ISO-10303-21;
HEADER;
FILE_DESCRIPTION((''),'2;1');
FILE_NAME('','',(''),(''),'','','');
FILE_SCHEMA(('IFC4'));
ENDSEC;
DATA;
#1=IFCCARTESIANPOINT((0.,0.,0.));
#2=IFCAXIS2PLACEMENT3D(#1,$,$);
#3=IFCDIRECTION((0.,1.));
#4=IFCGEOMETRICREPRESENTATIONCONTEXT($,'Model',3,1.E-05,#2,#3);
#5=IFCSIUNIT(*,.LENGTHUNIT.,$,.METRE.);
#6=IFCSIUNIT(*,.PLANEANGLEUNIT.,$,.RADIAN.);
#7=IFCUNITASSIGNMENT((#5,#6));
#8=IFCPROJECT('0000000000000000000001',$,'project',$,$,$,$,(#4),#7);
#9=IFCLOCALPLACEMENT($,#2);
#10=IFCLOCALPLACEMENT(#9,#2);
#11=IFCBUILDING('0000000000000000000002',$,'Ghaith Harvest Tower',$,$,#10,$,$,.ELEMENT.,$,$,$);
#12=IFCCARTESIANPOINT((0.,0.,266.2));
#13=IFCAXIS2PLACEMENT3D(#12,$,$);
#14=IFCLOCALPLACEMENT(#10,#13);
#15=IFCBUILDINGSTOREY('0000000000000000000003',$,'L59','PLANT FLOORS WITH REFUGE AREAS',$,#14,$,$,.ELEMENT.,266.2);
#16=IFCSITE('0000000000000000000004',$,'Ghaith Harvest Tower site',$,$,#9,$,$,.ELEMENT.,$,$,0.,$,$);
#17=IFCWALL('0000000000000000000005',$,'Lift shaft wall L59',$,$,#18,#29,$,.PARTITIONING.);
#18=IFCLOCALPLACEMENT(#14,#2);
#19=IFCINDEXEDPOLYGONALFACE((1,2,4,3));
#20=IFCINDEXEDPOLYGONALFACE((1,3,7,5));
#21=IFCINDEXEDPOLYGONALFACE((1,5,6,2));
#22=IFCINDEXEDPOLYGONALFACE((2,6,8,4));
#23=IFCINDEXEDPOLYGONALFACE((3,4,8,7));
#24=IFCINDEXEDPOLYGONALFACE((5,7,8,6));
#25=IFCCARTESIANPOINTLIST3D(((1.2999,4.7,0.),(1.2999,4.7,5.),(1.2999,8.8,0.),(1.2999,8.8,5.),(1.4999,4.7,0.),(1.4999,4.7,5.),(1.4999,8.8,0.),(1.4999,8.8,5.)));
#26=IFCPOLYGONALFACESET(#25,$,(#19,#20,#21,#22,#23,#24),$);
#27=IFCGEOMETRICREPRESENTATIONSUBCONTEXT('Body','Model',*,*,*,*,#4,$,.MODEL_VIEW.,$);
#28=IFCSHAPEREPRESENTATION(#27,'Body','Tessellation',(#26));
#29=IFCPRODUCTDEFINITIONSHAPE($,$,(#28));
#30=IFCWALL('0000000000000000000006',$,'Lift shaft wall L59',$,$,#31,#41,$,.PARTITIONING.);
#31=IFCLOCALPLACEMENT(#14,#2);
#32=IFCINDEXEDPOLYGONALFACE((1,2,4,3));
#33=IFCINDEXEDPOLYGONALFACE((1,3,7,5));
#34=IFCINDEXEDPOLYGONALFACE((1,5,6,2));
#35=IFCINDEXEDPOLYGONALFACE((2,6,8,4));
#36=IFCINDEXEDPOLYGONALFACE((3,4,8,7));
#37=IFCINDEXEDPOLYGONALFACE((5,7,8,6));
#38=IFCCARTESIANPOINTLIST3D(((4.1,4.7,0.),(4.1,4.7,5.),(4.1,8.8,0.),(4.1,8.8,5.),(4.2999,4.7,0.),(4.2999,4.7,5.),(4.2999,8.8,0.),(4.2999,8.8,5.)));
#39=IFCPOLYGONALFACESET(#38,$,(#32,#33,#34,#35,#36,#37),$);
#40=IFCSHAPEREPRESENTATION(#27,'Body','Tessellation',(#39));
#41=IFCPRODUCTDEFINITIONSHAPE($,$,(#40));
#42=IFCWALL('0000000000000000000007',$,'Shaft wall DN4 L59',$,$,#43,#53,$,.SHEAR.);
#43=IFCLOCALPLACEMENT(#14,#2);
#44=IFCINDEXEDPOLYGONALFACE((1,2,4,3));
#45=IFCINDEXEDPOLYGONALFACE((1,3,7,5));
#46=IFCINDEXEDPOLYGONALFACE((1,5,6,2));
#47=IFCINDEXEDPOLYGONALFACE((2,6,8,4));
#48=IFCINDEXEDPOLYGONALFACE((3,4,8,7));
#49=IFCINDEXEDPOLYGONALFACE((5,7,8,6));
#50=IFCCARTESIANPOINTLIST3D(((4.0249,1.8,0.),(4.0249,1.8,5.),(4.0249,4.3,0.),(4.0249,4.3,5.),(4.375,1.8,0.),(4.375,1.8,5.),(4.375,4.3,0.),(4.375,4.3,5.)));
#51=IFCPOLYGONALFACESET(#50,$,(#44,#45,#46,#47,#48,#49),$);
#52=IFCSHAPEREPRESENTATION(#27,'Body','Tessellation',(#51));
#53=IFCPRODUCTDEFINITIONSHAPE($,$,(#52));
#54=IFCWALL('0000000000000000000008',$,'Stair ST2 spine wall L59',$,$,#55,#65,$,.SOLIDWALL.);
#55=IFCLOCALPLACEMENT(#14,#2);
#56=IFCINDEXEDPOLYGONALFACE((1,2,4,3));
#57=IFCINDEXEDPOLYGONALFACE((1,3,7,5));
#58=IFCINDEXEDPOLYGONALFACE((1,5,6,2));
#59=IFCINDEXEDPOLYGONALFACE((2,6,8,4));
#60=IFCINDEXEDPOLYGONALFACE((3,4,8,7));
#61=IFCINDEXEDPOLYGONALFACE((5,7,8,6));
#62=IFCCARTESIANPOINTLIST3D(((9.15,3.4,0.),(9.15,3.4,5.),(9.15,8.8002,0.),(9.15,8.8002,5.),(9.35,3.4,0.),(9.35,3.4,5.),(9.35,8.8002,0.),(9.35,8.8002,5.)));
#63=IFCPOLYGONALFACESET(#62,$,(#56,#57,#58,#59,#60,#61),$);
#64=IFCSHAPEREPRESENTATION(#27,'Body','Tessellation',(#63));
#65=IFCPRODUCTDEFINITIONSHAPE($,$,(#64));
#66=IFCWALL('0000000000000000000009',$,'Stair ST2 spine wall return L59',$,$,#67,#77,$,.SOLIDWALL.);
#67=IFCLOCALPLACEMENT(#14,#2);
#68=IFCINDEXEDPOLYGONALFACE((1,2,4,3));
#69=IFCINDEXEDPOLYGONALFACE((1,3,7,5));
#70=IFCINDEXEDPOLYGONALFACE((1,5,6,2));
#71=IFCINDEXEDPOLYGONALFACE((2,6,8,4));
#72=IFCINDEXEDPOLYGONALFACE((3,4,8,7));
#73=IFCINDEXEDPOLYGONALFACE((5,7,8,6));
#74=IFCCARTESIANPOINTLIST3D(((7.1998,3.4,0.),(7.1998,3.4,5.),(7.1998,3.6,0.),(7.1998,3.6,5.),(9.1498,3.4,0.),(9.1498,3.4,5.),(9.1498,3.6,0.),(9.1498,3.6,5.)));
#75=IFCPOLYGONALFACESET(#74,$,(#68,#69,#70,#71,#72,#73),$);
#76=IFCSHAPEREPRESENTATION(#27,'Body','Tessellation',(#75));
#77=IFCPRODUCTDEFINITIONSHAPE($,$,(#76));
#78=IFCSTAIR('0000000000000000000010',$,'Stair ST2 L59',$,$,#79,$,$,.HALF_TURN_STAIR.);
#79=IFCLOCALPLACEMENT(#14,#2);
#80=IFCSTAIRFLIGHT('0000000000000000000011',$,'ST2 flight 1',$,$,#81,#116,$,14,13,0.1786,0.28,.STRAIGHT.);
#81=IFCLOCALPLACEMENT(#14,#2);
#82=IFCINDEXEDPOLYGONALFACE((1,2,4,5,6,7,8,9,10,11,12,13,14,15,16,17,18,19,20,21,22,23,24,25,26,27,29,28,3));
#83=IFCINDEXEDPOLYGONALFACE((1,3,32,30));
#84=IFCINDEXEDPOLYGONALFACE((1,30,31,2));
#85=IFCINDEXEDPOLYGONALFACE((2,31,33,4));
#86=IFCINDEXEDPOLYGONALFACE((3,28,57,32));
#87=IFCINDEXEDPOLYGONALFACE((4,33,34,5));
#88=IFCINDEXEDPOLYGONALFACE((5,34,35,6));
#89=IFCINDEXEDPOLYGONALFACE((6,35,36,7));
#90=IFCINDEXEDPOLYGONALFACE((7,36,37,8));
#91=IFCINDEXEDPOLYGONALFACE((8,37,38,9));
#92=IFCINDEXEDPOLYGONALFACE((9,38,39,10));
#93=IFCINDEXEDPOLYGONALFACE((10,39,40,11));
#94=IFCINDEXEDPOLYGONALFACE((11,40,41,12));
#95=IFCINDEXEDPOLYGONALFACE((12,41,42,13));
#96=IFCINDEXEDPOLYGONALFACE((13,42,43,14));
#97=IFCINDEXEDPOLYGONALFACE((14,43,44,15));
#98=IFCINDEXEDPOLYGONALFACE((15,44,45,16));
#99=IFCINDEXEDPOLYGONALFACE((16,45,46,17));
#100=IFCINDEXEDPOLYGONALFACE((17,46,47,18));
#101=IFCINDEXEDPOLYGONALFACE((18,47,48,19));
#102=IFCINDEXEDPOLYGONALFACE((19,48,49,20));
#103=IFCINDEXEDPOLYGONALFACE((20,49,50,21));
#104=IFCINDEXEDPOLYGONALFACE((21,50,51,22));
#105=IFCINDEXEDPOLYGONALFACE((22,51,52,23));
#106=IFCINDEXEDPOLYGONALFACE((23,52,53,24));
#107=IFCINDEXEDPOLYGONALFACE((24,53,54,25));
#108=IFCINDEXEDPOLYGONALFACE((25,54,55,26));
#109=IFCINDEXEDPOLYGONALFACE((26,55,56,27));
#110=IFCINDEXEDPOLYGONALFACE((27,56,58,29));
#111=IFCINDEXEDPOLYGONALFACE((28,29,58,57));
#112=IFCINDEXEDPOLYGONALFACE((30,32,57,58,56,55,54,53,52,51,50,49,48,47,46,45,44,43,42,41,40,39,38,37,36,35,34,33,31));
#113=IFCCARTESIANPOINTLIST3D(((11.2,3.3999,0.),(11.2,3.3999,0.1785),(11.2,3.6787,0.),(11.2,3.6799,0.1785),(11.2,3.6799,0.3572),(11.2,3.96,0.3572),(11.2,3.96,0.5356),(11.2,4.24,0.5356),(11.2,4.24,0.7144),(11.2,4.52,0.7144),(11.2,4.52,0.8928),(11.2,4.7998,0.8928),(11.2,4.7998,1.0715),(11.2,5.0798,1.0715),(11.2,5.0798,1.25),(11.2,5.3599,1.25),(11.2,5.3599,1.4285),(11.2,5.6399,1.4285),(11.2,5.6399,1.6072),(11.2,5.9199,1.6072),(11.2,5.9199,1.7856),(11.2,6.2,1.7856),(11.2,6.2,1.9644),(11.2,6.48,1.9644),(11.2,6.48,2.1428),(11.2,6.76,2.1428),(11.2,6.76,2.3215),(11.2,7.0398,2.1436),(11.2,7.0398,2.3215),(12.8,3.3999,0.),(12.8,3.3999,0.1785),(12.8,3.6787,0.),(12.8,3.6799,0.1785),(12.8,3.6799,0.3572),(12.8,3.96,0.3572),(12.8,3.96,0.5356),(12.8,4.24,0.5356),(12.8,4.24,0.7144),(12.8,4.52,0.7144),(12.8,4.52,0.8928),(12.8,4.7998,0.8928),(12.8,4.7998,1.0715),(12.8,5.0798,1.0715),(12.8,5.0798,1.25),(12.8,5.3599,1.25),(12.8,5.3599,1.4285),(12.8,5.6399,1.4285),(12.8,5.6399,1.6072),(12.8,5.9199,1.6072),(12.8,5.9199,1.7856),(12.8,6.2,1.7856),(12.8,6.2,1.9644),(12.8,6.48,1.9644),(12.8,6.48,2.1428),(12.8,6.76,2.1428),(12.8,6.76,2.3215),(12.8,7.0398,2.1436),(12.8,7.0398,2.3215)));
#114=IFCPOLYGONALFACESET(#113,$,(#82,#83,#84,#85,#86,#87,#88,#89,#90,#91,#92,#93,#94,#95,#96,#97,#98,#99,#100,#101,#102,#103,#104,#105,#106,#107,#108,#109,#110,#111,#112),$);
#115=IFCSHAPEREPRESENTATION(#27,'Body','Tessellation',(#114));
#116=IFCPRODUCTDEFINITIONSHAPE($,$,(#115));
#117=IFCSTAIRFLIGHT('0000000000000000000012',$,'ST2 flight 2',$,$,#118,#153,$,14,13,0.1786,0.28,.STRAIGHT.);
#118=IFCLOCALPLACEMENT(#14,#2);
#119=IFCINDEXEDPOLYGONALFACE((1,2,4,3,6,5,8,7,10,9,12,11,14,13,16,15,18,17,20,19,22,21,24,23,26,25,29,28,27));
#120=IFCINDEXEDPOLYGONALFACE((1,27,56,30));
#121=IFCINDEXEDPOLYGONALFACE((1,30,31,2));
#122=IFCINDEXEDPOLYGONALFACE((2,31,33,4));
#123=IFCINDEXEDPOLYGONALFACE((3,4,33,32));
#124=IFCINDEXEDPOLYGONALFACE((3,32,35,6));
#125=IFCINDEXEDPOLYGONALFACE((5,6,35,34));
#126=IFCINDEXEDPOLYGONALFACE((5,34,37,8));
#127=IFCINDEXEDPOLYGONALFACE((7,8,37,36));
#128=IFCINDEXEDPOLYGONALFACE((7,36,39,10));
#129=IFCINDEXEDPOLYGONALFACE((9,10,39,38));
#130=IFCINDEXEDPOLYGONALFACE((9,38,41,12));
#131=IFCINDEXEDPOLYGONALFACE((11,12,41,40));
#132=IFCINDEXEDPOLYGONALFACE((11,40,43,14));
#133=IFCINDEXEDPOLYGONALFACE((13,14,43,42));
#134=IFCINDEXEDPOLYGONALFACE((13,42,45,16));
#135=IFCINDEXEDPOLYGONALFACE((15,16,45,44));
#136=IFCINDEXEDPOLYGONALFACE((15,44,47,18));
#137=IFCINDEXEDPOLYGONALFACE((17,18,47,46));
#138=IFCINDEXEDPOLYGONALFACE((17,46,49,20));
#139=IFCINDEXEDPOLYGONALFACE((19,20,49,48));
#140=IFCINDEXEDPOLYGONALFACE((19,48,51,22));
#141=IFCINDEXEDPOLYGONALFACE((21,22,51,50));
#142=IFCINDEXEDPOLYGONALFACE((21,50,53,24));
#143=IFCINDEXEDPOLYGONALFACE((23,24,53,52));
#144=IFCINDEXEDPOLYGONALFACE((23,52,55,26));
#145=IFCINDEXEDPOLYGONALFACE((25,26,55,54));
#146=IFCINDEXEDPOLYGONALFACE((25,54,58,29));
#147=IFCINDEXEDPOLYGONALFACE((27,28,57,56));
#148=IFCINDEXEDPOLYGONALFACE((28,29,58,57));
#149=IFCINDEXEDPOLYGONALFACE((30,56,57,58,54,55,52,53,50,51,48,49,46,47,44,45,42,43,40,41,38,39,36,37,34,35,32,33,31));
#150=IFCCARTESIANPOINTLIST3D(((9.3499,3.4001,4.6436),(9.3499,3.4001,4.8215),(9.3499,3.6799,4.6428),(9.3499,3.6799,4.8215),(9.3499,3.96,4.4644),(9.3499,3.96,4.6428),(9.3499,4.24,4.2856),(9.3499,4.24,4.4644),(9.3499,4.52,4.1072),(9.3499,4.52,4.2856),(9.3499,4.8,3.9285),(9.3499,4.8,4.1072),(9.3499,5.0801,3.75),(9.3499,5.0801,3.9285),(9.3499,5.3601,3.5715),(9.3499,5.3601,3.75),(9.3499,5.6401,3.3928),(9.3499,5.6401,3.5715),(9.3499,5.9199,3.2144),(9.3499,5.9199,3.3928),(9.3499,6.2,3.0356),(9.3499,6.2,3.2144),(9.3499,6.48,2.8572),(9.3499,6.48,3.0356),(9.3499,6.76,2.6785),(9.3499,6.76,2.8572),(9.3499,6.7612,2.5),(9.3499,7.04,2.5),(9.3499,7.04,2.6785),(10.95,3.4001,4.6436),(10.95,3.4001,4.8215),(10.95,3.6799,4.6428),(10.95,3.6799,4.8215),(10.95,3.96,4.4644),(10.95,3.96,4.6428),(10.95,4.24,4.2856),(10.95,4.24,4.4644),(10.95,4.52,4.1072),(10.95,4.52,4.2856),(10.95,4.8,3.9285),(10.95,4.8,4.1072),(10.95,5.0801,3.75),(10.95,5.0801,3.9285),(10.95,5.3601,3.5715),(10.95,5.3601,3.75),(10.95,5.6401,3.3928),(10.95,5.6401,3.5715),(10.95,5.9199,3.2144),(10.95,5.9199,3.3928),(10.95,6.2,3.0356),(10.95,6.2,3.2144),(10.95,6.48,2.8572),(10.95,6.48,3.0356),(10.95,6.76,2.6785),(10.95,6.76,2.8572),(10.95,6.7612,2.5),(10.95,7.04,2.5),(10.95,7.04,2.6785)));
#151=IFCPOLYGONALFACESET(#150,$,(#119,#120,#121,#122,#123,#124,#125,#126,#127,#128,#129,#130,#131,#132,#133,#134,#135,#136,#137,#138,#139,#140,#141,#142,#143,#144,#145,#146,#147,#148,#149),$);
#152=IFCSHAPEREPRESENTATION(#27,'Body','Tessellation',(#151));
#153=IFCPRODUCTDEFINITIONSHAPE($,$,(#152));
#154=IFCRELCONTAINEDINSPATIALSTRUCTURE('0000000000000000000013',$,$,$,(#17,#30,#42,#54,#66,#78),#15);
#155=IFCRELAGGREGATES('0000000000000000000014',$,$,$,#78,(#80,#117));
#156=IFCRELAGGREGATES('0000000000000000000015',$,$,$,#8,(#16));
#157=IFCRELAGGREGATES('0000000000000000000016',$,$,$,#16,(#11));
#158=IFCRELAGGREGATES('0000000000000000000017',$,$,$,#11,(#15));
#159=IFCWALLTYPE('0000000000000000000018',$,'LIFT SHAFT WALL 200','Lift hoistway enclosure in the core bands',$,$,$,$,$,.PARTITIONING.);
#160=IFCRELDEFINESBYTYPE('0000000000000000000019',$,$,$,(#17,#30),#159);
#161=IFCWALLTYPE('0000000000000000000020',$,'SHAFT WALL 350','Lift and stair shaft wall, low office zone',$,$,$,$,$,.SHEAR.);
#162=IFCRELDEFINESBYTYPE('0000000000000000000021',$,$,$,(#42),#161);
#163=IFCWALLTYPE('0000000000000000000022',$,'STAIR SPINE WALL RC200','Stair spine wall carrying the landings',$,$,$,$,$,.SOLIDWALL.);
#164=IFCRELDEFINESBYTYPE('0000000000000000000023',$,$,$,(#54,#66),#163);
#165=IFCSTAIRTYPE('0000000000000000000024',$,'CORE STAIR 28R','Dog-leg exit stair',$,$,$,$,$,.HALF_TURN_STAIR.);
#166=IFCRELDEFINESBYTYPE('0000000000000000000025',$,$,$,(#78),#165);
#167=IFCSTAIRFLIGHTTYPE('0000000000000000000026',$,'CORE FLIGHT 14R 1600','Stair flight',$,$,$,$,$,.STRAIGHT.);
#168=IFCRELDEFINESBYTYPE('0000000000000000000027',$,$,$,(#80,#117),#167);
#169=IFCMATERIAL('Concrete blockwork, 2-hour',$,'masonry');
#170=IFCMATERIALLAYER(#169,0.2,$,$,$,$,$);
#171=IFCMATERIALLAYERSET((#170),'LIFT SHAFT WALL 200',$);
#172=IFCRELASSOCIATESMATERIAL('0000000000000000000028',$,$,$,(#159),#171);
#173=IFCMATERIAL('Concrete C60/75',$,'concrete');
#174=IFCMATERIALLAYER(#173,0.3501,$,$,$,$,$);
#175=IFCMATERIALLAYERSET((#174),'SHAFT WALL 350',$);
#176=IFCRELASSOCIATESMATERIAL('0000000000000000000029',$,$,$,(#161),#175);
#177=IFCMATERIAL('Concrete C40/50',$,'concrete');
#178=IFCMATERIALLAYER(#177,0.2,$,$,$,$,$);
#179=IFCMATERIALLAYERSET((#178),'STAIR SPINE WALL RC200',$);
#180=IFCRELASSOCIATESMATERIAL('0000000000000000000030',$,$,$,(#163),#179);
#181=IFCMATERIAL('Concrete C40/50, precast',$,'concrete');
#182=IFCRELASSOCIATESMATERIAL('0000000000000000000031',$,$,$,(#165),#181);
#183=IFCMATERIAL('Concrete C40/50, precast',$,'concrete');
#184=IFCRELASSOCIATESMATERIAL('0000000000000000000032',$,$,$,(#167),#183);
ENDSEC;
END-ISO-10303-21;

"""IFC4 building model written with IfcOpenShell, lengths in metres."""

from ifc_helpers import new_model, si_unit, direction, frame, frame_2d, origin, place, context, subcontext, project, spatial, polyline, rectangle, outline, extrude, material, layer, layer_set, type_object, element, aggregate, save


model = new_model("IFC4")

# Units and contexts
model_context = context("Model", 3, precision=1e-05, world=origin(), true_north=direction((0.0, 1.0)))
body_context = subcontext(model_context, "Body", "Model", "MODEL_VIEW")
ifc_project = project(units=[si_unit("LENGTHUNIT", "METRE"), si_unit("PLANEANGLEUNIT", "RADIAN")], contexts=[model_context])

# Site, building, storey
site_placement = place(None, origin())
site = spatial("IfcSite", under=ifc_project, at=site_placement, Name="Ghaith Harvest Tower site", CompositionType="ELEMENT", RefElevation=0.0)
building_placement = place(site_placement, origin())
building = spatial("IfcBuilding", under=site, at=building_placement, Name="Ghaith Harvest Tower", CompositionType="ELEMENT")
storey_placement = place(building_placement, frame((0.0, 0.0, 266.2)))
storey = spatial("IfcBuildingStorey", under=building, at=storey_placement, Name="L59", Description="PLANT FLOORS WITH REFUGE AREAS", CompositionType="ELEMENT", Elevation=266.2)

# Walls
ifc_material_1 = material(Name="Concrete blockwork, 2-hour", Category="masonry")
ifc_layer_1 = layer(ifc_material_1, 0.2)
ifc_layer_set_1 = layer_set([ifc_layer_1], Name="LIFT SHAFT WALL 200")
wall_type_1 = type_object("IfcWallType", Name="LIFT SHAFT WALL 200", Description="Lift hoistway enclosure in the core bands", PredefinedType="PARTITIONING", material=ifc_layer_set_1)
for number, where, z_axis, x_axis, name in (
    (1, (1.3999, 4.7, 0.0), (0.0, 0.0, 1.0), (0.0, 1.0, 0.0), "Lift shaft wall L59"),
    (2, (4.2, 4.7, 0.0), (0.0, 0.0, 1.0), (0.0, 1.0, 0.0), "Lift shaft wall L59"),
):
    element("IfcWall", number, at=place(storey_placement, frame(where, z_axis=z_axis, x_axis=x_axis)), inside=storey, type_object=wall_type_1, Name=name, PredefinedType="PARTITIONING", context=body_context, shape_type="SweptSolid", body=[
        extrude(rectangle(XDim=4.1001, YDim=0.2, at=frame_2d((2.05, 0.0))), origin(), (0.0, 0.0, 1.0), 5.0),
    ])

# Shared definitions
ifc_material_2 = material(Name="Concrete C60/75", Category="concrete")
ifc_layer_2 = layer(ifc_material_2, 0.3501)
ifc_layer_set_2 = layer_set([ifc_layer_2], Name="SHAFT WALL 350")
wall_type_2 = type_object("IfcWallType", Name="SHAFT WALL 350", Description="Lift and stair shaft wall, low office zone", PredefinedType="SHEAR", material=ifc_layer_set_2)

# Walls
wall_1_placement = place(storey_placement, frame((4.2, 1.8, 0.0), z_axis=(0.0, 0.0, 1.0), x_axis=(0.0, 1.0, 0.0)))
element("IfcWall", 3, at=wall_1_placement, inside=storey, type_object=wall_type_2, Name="Shaft wall DN4 L59", PredefinedType="SHEAR", context=body_context, shape_type="SweptSolid", body=[
    extrude(rectangle(XDim=2.5, YDim=0.3501, at=frame_2d((1.25, 0.0))), origin(), (0.0, 0.0, 1.0), 5.0),
])
ifc_material_3 = material(Name="Concrete C40/50", Category="concrete")
ifc_layer_3 = layer(ifc_material_3, 0.2)
ifc_layer_set_3 = layer_set([ifc_layer_3], Name="STAIR SPINE WALL RC200")
wall_type_3 = type_object("IfcWallType", Name="STAIR SPINE WALL RC200", Description="Stair spine wall carrying the landings", PredefinedType="SOLIDWALL", material=ifc_layer_set_3)
wall_2_placement = place(storey_placement, frame((9.25, 3.3999, 0.0), z_axis=(0.0, 0.0, 1.0), x_axis=(0.0, 1.0, 0.0)))
element("IfcWall", 4, at=wall_2_placement, inside=storey, type_object=wall_type_3, Name="Stair ST2 spine wall L59", PredefinedType="SOLIDWALL", context=body_context, shape_type="SweptSolid", body=[
    extrude(rectangle(XDim=5.4001, YDim=0.2, at=frame_2d((2.7002, 0.0))), origin(), (0.0, 0.0, 1.0), 5.0),
])
wall_3_placement = place(storey_placement, frame((9.1499, 3.5, 0.0), z_axis=(0.0, 0.0, 1.0), x_axis=(-1.0, 0.0, 0.0)))
element("IfcWall", 5, at=wall_3_placement, inside=storey, type_object=wall_type_3, Name="Stair ST2 spine wall return L59", PredefinedType="SOLIDWALL", context=body_context, shape_type="SweptSolid", body=[
    extrude(rectangle(XDim=1.95, YDim=0.2, at=frame_2d((0.9751, 0.0))), origin(), (0.0, 0.0, 1.0), 5.0),
])

# Stair, stair flights
ifc_material_4 = material(Name="Concrete C40/50, precast", Category="concrete")
stair_type = type_object("IfcStairType", Name="CORE STAIR 28R", Description="Dog-leg exit stair", PredefinedType="HALF_TURN_STAIR", material=ifc_material_4)
stair_placement = place(storey_placement, origin())
stair = element("IfcStair", 6, at=stair_placement, inside=storey, type_object=stair_type, Name="Stair ST2 L59", PredefinedType="HALF_TURN_STAIR")
ifc_material_5 = material(Name="Concrete C40/50, precast", Category="concrete")
stair_flight_type = type_object("IfcStairFlightType", Name="CORE FLIGHT 14R 1600", Description="Stair flight", PredefinedType="STRAIGHT", material=ifc_material_5)
stair_flight_1_placement = place(storey_placement, frame((12.0, 3.3999, 0.0), z_axis=(0.0, 0.0, 1.0), x_axis=(0.0, 1.0, 0.0)))
stair_flight_1 = element("IfcStairFlight", 7, at=stair_flight_1_placement, type_object=stair_flight_type, Name="ST2 flight 1", NumberOfRisers=14, NumberOfTreads=13, PredefinedType="STRAIGHT", RiserHeight=0.1786, TreadLength=0.28, context=body_context, shape_type="SweptSolid", body=[
    extrude(outline(polyline([(0.0, 0.0), (0.0, 0.1785), (0.28, 0.1785), (0.28, 0.3572), (0.5601, 0.3572), (0.5601, 0.5356), (0.8401, 0.5356), (0.8401, 0.7144), (1.1201, 0.7144), (1.1201, 0.8928), (1.3999, 0.8928), (1.3999, 1.0715), (1.6799, 1.0715), (1.6799, 1.25), (1.96, 1.25), (1.96, 1.4285), (2.24, 1.4285), (2.24, 1.6072), (2.52, 1.6072), (2.52, 1.7856), (2.8, 1.7856), (2.8, 1.9644), (3.0801, 1.9644), (3.0801, 2.1428), (3.3601, 2.1428), (3.3601, 2.3215), (3.6399, 2.3215), (3.6399, 2.5), (3.6399, 2.1436), (0.2788, 0.0), (0.0, 0.0)])), frame((0.0, 0.8, 0.0), z_axis=(0.0, -1.0, 0.0), x_axis=(1.0, 0.0, 0.0)), (0.0, 0.0, 1.0), 1.6001),
])
stair_flight_2_placement = place(storey_placement, frame((10.1499, 7.04, 2.5), z_axis=(0.0, 0.0, 1.0), x_axis=(0.0, -1.0, 0.0)))
stair_flight_2 = element("IfcStairFlight", 8, at=stair_flight_2_placement, type_object=stair_flight_type, Name="ST2 flight 2", NumberOfRisers=14, NumberOfTreads=13, PredefinedType="STRAIGHT", RiserHeight=0.1786, TreadLength=0.28, context=body_context, shape_type="SweptSolid", body=[
    extrude(outline(polyline([(0.0, 0.0), (0.0, 0.1785), (0.28, 0.1785), (0.28, 0.3572), (0.5601, 0.3572), (0.5601, 0.5356), (0.8401, 0.5356), (0.8401, 0.7144), (1.1201, 0.7144), (1.1201, 0.8928), (1.3999, 0.8928), (1.3999, 1.0715), (1.6799, 1.0715), (1.6799, 1.25), (1.96, 1.25), (1.96, 1.4285), (2.24, 1.4285), (2.24, 1.6072), (2.52, 1.6072), (2.52, 1.7856), (2.8, 1.7856), (2.8, 1.9644), (3.0801, 1.9644), (3.0801, 2.1428), (3.3601, 2.1428), (3.3601, 2.3215), (3.6399, 2.3215), (3.6399, 2.5), (3.6399, 2.1436), (0.2788, 0.0), (0.0, 0.0)])), frame((0.0, 0.8, 0.0), z_axis=(0.0, -1.0, 0.0), x_axis=(1.0, 0.0, 0.0)), (0.0, 0.0, 1.0), 1.6001),
])
aggregate(stair, [stair_flight_1, stair_flight_2])

save(model, "model.ifc")
